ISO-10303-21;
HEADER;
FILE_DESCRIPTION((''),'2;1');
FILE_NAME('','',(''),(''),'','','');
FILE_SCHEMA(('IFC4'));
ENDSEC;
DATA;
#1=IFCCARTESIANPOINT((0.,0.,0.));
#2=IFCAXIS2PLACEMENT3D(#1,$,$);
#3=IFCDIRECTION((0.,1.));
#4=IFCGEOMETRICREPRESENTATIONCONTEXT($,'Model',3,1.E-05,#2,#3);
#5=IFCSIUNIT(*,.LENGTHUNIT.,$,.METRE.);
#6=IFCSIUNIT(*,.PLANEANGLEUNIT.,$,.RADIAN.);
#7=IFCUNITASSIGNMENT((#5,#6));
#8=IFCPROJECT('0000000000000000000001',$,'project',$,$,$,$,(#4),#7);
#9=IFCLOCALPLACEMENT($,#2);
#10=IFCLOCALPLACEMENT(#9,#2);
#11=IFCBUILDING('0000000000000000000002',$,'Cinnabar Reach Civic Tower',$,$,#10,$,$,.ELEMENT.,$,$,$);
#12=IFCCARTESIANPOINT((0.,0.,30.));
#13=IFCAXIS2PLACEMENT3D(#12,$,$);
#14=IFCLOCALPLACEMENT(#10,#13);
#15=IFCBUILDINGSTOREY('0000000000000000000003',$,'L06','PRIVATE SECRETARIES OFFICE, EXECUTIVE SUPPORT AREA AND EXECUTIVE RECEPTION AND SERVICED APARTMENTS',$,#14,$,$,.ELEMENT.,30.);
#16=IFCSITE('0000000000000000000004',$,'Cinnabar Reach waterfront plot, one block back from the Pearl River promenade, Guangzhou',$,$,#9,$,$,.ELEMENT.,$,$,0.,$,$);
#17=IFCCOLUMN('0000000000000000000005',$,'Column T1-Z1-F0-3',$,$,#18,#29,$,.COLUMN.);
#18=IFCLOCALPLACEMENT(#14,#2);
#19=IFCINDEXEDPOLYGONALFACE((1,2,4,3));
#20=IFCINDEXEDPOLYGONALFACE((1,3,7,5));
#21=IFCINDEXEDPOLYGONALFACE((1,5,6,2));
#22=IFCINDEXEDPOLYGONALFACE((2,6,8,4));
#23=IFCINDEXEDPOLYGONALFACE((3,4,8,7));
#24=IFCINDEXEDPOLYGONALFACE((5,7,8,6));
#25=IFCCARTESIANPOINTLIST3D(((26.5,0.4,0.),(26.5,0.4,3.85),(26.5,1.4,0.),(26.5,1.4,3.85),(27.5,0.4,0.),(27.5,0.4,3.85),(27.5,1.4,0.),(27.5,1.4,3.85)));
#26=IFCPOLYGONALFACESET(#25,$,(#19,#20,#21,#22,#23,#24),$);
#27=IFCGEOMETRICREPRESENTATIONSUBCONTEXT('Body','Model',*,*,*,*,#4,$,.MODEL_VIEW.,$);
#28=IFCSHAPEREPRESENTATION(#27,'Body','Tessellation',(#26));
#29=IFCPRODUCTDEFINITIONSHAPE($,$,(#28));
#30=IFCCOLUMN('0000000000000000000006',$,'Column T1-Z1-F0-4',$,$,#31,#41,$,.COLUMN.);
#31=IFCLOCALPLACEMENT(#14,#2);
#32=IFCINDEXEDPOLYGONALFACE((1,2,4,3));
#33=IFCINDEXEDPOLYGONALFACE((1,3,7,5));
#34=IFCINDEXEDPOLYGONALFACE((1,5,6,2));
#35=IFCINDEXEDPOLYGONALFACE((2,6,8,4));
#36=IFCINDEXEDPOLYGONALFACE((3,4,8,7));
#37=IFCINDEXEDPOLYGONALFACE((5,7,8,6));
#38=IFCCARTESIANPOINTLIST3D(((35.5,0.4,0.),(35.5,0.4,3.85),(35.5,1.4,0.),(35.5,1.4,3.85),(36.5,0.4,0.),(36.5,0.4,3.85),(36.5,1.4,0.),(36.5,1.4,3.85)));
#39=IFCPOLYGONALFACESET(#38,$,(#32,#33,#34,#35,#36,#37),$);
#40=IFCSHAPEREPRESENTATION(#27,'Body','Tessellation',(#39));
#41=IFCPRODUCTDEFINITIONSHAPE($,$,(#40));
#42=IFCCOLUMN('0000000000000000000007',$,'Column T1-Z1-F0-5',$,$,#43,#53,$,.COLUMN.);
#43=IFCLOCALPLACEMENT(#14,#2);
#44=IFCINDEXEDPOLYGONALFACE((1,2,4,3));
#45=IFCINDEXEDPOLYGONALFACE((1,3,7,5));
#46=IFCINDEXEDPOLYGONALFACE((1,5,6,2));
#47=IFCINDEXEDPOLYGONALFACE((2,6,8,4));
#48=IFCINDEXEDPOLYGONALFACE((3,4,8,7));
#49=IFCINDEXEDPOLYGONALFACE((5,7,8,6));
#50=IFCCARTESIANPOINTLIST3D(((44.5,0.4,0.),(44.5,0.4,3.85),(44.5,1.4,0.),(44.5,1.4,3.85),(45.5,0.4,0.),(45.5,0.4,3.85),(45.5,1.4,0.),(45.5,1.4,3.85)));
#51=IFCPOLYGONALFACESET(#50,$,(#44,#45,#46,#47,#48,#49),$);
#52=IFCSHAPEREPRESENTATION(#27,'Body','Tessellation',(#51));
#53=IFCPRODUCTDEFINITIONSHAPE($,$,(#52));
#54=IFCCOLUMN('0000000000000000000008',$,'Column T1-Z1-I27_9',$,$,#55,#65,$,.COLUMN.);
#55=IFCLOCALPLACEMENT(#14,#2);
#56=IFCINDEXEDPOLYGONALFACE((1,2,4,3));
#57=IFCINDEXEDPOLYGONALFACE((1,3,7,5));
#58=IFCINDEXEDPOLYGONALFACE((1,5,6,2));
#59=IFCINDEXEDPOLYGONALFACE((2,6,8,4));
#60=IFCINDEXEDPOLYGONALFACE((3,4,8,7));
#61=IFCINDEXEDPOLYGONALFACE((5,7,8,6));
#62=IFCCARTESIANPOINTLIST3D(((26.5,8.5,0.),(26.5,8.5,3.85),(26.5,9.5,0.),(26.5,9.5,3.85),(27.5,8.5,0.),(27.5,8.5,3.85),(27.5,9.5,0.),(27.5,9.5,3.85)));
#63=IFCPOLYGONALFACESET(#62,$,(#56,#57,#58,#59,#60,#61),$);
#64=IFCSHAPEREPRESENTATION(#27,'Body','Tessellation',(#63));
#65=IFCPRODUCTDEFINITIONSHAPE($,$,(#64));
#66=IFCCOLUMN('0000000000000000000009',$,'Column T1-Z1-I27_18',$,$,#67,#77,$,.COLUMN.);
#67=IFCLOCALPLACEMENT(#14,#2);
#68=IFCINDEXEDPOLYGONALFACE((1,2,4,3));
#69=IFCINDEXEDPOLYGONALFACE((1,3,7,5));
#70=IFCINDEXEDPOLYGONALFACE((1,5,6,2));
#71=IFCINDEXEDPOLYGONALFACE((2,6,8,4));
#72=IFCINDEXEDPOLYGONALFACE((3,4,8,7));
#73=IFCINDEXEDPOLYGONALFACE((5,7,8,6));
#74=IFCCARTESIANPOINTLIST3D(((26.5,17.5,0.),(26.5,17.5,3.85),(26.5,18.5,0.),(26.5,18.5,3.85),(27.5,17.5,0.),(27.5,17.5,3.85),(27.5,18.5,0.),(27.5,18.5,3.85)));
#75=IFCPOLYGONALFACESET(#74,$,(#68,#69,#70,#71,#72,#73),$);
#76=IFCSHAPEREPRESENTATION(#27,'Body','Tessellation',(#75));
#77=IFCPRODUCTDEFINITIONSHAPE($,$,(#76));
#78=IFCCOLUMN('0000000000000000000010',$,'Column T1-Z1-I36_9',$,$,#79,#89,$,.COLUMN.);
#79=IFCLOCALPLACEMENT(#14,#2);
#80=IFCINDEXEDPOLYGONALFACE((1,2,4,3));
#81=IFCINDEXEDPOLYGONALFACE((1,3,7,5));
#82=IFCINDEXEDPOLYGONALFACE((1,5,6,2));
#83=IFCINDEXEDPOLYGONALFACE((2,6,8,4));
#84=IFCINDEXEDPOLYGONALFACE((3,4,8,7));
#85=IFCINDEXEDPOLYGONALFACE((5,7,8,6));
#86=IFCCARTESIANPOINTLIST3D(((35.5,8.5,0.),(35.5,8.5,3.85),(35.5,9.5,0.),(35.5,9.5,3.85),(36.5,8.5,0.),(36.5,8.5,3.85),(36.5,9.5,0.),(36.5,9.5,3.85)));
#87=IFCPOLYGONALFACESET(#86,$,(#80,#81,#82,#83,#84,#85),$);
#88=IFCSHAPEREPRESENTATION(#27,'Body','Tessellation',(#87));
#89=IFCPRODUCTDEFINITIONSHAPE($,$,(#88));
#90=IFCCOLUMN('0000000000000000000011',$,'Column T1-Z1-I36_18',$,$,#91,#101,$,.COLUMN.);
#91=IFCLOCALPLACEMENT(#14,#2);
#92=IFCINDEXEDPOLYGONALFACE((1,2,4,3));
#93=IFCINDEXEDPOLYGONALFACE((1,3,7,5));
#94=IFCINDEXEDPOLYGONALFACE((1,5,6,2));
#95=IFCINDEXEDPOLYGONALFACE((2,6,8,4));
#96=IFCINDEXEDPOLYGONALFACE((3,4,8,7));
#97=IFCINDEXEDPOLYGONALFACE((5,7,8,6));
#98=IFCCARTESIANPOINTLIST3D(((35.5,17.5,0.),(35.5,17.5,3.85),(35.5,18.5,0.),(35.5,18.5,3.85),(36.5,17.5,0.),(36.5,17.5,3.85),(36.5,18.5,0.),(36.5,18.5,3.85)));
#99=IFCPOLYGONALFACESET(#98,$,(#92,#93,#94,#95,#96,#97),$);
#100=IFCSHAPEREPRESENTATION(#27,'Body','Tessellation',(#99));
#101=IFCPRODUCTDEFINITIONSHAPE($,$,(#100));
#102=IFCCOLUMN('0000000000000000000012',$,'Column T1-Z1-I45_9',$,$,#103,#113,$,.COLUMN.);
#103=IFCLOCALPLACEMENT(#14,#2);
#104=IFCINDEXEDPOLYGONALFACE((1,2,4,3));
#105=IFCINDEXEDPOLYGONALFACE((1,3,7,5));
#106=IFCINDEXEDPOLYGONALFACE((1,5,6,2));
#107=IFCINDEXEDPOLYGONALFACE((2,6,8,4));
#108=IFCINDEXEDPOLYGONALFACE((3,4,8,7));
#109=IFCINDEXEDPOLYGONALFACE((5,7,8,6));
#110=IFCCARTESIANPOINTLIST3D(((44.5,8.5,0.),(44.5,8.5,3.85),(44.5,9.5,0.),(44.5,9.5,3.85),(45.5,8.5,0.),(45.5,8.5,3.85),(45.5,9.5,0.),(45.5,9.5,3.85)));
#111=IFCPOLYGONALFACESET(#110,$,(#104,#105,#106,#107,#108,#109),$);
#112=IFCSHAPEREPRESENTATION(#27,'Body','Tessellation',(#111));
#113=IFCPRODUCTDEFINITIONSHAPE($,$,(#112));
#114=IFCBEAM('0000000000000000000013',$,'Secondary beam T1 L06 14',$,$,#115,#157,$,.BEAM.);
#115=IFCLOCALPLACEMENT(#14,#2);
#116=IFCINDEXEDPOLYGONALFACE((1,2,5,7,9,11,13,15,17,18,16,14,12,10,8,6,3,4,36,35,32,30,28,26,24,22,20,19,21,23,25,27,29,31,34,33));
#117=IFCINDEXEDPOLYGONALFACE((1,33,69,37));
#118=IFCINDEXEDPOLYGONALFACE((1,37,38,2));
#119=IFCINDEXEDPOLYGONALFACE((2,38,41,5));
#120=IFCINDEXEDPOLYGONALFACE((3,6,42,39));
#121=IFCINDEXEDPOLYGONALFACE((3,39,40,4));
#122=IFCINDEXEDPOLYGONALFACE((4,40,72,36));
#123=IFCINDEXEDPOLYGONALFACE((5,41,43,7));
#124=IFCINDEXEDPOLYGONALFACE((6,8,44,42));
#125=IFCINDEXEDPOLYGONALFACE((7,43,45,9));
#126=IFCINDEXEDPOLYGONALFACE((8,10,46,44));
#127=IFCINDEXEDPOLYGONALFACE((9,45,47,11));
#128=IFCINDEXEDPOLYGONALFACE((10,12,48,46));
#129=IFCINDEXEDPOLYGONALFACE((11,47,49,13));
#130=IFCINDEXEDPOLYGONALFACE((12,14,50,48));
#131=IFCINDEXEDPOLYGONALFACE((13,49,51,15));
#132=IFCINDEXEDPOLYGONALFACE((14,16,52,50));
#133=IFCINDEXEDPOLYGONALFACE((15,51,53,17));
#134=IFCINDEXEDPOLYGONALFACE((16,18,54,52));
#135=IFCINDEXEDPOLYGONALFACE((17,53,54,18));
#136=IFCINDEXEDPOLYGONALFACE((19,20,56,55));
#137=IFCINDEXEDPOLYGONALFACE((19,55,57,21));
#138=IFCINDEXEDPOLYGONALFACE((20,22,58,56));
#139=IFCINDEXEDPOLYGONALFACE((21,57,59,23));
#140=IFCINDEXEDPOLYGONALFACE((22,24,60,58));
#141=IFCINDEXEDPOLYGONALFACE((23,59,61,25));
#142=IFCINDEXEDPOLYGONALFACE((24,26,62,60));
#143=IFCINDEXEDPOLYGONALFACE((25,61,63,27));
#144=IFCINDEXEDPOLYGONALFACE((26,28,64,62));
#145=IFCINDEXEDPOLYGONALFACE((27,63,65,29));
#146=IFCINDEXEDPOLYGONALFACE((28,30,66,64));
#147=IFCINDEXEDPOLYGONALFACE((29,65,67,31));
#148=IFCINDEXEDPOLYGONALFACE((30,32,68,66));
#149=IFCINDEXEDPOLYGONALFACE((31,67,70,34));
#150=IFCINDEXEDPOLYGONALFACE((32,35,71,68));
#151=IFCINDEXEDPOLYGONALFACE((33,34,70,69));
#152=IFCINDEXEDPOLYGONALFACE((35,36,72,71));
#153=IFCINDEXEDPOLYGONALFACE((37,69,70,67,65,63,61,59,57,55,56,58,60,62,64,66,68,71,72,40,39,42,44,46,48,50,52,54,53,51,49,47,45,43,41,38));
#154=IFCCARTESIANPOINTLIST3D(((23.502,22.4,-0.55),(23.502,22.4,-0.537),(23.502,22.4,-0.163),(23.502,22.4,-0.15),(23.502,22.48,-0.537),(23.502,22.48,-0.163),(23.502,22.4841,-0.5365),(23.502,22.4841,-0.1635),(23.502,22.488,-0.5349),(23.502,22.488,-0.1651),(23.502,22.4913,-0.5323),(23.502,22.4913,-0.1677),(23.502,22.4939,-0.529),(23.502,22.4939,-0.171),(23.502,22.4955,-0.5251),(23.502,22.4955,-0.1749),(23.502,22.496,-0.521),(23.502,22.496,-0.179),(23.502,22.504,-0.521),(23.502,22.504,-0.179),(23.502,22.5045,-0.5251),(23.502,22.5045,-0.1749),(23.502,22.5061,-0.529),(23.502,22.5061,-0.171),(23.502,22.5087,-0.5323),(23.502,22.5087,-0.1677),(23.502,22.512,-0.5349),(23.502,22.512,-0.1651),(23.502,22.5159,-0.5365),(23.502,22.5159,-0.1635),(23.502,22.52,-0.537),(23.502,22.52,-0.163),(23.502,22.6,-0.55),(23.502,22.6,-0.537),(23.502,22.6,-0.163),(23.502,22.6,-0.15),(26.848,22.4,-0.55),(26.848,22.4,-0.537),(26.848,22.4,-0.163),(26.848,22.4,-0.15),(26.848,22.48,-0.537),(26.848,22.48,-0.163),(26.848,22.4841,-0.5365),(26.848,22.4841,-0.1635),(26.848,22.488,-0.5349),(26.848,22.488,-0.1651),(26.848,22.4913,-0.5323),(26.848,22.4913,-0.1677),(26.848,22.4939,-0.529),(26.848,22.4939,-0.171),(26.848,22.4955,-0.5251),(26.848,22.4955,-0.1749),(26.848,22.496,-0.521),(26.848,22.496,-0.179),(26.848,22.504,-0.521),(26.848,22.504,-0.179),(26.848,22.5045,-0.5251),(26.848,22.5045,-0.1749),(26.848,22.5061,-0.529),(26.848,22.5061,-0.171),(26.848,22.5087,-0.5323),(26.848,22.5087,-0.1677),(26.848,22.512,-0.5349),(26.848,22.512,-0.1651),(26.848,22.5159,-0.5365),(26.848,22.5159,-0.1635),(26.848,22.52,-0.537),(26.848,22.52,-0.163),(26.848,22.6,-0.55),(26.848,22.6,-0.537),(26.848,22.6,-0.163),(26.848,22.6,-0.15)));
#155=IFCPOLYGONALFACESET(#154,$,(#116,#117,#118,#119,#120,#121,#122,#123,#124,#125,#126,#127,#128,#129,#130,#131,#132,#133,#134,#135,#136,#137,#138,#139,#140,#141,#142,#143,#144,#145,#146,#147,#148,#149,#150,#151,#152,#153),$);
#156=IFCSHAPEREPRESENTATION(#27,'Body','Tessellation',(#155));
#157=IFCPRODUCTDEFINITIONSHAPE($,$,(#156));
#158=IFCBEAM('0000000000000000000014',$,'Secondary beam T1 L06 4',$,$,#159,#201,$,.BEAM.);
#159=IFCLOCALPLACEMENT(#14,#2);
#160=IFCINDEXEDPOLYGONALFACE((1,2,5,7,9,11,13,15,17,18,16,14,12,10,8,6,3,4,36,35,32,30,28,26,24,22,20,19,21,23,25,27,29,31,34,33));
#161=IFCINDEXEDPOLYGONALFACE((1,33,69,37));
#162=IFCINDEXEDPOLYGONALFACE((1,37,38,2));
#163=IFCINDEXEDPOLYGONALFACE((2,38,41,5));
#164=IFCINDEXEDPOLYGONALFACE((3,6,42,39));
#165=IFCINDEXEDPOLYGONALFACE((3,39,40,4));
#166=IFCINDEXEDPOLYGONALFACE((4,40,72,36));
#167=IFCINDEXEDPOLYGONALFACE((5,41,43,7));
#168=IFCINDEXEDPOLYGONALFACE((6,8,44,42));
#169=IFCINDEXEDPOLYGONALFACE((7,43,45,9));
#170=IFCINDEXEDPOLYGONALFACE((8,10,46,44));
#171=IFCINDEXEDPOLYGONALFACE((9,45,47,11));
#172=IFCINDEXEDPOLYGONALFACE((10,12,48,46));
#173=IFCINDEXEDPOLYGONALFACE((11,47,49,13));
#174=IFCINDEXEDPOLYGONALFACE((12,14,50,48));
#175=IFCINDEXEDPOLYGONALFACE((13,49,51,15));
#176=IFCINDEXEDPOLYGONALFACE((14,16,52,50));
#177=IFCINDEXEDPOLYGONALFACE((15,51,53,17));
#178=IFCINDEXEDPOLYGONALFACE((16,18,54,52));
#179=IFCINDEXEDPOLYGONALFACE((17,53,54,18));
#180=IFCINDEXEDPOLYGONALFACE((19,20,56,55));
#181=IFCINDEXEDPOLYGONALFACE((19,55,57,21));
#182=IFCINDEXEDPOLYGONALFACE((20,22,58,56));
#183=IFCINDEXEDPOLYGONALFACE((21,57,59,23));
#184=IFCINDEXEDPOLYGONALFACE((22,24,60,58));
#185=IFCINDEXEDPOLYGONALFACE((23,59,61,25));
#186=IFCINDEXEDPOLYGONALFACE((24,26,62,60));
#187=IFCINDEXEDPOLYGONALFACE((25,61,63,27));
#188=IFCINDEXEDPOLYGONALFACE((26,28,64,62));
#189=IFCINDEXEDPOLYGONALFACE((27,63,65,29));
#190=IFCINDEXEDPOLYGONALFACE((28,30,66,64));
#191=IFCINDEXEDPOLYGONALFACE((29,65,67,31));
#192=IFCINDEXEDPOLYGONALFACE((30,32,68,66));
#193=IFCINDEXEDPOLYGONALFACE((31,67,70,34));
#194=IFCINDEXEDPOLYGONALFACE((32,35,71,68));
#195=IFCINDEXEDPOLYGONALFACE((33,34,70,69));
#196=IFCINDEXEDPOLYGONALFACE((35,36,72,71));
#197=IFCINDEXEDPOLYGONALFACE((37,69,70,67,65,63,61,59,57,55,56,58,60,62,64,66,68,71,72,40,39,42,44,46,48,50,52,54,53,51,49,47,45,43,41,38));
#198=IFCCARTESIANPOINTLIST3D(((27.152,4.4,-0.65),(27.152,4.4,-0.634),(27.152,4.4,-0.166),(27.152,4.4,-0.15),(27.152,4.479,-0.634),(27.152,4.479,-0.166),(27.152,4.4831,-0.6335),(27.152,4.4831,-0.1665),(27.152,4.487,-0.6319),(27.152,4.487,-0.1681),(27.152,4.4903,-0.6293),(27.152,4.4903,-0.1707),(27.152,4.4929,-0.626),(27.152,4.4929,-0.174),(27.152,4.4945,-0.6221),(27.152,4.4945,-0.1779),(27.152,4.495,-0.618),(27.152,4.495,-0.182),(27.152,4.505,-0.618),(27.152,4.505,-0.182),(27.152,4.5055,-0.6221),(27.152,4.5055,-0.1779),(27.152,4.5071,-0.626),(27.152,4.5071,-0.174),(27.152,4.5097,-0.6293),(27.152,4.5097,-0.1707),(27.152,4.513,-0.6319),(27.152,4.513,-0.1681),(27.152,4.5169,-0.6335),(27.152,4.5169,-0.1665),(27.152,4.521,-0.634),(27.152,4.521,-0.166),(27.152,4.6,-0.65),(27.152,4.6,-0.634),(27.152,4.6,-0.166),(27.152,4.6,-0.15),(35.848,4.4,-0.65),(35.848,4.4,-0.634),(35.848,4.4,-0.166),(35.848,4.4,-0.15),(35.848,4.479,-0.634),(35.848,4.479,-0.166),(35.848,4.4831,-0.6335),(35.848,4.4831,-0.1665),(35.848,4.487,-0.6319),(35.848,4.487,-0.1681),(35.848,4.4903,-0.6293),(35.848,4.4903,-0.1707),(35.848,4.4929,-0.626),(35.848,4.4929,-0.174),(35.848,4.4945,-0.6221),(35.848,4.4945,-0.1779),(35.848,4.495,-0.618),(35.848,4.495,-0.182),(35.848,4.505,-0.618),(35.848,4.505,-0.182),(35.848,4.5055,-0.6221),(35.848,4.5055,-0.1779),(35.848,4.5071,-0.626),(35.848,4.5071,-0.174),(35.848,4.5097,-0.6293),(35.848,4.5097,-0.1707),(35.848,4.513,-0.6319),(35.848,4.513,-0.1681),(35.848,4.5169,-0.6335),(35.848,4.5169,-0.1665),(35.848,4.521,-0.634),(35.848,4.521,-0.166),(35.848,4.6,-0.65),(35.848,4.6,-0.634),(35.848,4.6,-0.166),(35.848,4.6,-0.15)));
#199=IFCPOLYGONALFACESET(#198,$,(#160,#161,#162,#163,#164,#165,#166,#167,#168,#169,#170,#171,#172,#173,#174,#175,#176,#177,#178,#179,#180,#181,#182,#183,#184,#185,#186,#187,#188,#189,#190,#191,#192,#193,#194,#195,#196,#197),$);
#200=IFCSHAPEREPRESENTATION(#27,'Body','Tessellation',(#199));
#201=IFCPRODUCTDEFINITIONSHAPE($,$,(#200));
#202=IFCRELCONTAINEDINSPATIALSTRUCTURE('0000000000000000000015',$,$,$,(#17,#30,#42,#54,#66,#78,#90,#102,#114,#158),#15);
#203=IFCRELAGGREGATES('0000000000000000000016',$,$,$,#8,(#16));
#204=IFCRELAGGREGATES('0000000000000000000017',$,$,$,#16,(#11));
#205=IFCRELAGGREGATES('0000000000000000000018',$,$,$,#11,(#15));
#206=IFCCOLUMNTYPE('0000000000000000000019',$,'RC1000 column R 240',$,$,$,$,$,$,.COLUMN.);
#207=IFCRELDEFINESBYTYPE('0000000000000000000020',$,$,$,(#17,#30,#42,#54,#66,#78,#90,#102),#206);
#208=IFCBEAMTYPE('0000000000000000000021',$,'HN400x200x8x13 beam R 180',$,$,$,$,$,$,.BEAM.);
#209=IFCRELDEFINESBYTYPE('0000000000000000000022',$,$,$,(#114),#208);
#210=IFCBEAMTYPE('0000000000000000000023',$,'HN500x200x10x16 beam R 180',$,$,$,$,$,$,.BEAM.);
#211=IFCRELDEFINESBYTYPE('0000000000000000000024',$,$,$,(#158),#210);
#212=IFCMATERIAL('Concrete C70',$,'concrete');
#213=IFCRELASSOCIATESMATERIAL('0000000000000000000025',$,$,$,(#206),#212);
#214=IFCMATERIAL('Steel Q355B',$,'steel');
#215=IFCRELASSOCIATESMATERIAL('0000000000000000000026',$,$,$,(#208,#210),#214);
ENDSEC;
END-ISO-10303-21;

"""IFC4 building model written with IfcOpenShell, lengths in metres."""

from ifc_helpers import new_model, si_unit, direction, frame, origin, origin_2d, place, context, subcontext, project, spatial, rectangle, i_section, extrude, material, material_profile, profile_set, type_object, element, save


model = new_model("IFC4")

# Units and contexts
model_context = context("Model", 3, precision=1e-05, world=origin(), true_north=direction((0.0, 1.0)))
body_context = subcontext(model_context, "Body", "Model", "MODEL_VIEW")
ifc_project = project(units=[si_unit("LENGTHUNIT", "METRE"), si_unit("PLANEANGLEUNIT", "RADIAN")], contexts=[model_context])

# Site, building, storey
site_placement = place(None, origin())
site = spatial("IfcSite", under=ifc_project, at=site_placement, Name="Cinnabar Reach waterfront plot, one block back from the Pearl River promenade, Guangzhou", CompositionType="ELEMENT", RefElevation=0.0)
building_placement = place(site_placement, origin())
building = spatial("IfcBuilding", under=site, at=building_placement, Name="Cinnabar Reach Civic Tower", CompositionType="ELEMENT")
storey_placement = place(building_placement, frame((0.0, 0.0, 30.0)))
storey = spatial("IfcBuildingStorey", under=building, at=storey_placement, Name="L06", Description="PRIVATE SECRETARIES OFFICE, EXECUTIVE SUPPORT AREA AND EXECUTIVE RECEPTION AND SERVICED APARTMENTS", CompositionType="ELEMENT", Elevation=30.0)

# Columns
ifc_material_1 = material(Name="Concrete C70", Category="concrete")
ifc_material_profile_1 = material_profile(ifc_material_1, rectangle(XDim=1.0, YDim=1.0, at=origin_2d()), Name="RC1000")
ifc_profile_set_1 = profile_set([ifc_material_profile_1], Name="Concrete C70")
column_type = type_object("IfcColumnType", Name="RC1000 column R 240", PredefinedType="COLUMN", material=ifc_profile_set_1)
for number, where, z_axis, x_axis, name in (
    (1, (27.0, 0.9, 0.0), (0.0, 0.0, 1.0), (1.0, 0.0, 0.0), "Column T1-Z1-F0-3"),
    (2, (36.0, 0.9, 0.0), (0.0, 0.0, 1.0), (1.0, 0.0, 0.0), "Column T1-Z1-F0-4"),
    (3, (45.0, 0.9, 0.0), (0.0, 0.0, 1.0), (1.0, 0.0, 0.0), "Column T1-Z1-F0-5"),
    (4, (27.0, 9.0, 0.0), (0.0, 0.0, 1.0), (1.0, 0.0, 0.0), "Column T1-Z1-I27_9"),
    (5, (27.0, 18.0, 0.0), (0.0, 0.0, 1.0), (1.0, 0.0, 0.0), "Column T1-Z1-I27_18"),
    (6, (36.0, 9.0, 0.0), (0.0, 0.0, 1.0), (1.0, 0.0, 0.0), "Column T1-Z1-I36_9"),
    (7, (36.0, 18.0, 0.0), (0.0, 0.0, 1.0), (1.0, 0.0, 0.0), "Column T1-Z1-I36_18"),
    (8, (45.0, 9.0, 0.0), (0.0, 0.0, 1.0), (1.0, 0.0, 0.0), "Column T1-Z1-I45_9"),
):
    element("IfcColumn", number, at=place(storey_placement, frame(where, z_axis=z_axis, x_axis=x_axis)), inside=storey, type_object=column_type, Name=name, PredefinedType="COLUMN", context=body_context, shape_type="SweptSolid", body=[
        extrude(rectangle(XDim=1.0, YDim=1.0, at=origin_2d()), origin(), (0.0, 0.0, 1.0), 3.85),
    ])

# Beams
ifc_material_2 = material(Name="Steel Q355B", Category="steel")
ifc_material_profile_2 = material_profile(ifc_material_2, i_section(OverallWidth=0.2, OverallDepth=0.4, WebThickness=0.008, FlangeThickness=0.013, FilletRadius=0.016, at=origin_2d()), Name="HN400x200x8x13")
ifc_profile_set_2 = profile_set([ifc_material_profile_2], Name="Steel Q355B")
beam_type_1 = type_object("IfcBeamType", Name="HN400x200x8x13 beam R 180", PredefinedType="BEAM", material=ifc_profile_set_2)
beam_1_placement = place(storey_placement, frame((23.502, 22.5, -0.35), z_axis=(1.0, 0.0, 0.0), x_axis=(0.0, 1.0, 0.0)))
element("IfcBeam", 9, at=beam_1_placement, inside=storey, type_object=beam_type_1, Name="Secondary beam T1 L06 14", PredefinedType="BEAM", context=body_context, shape_type="SweptSolid", body=[
    extrude(i_section(OverallWidth=0.2, OverallDepth=0.4, WebThickness=0.008, FlangeThickness=0.013, FilletRadius=0.016, at=origin_2d()), origin(), (0.0, 0.0, 1.0), 3.346),
])
ifc_material_profile_3 = material_profile(ifc_material_2, i_section(OverallWidth=0.2, OverallDepth=0.5, WebThickness=0.01, FlangeThickness=0.016, FilletRadius=0.016, at=origin_2d()), Name="HN500x200x10x16")
ifc_profile_set_3 = profile_set([ifc_material_profile_3], Name="Steel Q355B")
beam_type_2 = type_object("IfcBeamType", Name="HN500x200x10x16 beam R 180", PredefinedType="BEAM", material=ifc_profile_set_3)
for number, where, z_axis, x_axis, name in (
    (10, (27.152, 4.5, -0.4), (1.0, 0.0, 0.0), (0.0, 1.0, 0.0), "Secondary beam T1 L06 4"),
):
    element("IfcBeam", number, at=place(storey_placement, frame(where, z_axis=z_axis, x_axis=x_axis)), inside=storey, type_object=beam_type_2, Name=name, PredefinedType="BEAM", context=body_context, shape_type="SweptSolid", body=[
        extrude(i_section(OverallWidth=0.2, OverallDepth=0.5, WebThickness=0.01, FlangeThickness=0.016, FilletRadius=0.016, at=origin_2d()), origin(), (0.0, 0.0, 1.0), 8.696),
    ])

save(model, "model.ifc")
